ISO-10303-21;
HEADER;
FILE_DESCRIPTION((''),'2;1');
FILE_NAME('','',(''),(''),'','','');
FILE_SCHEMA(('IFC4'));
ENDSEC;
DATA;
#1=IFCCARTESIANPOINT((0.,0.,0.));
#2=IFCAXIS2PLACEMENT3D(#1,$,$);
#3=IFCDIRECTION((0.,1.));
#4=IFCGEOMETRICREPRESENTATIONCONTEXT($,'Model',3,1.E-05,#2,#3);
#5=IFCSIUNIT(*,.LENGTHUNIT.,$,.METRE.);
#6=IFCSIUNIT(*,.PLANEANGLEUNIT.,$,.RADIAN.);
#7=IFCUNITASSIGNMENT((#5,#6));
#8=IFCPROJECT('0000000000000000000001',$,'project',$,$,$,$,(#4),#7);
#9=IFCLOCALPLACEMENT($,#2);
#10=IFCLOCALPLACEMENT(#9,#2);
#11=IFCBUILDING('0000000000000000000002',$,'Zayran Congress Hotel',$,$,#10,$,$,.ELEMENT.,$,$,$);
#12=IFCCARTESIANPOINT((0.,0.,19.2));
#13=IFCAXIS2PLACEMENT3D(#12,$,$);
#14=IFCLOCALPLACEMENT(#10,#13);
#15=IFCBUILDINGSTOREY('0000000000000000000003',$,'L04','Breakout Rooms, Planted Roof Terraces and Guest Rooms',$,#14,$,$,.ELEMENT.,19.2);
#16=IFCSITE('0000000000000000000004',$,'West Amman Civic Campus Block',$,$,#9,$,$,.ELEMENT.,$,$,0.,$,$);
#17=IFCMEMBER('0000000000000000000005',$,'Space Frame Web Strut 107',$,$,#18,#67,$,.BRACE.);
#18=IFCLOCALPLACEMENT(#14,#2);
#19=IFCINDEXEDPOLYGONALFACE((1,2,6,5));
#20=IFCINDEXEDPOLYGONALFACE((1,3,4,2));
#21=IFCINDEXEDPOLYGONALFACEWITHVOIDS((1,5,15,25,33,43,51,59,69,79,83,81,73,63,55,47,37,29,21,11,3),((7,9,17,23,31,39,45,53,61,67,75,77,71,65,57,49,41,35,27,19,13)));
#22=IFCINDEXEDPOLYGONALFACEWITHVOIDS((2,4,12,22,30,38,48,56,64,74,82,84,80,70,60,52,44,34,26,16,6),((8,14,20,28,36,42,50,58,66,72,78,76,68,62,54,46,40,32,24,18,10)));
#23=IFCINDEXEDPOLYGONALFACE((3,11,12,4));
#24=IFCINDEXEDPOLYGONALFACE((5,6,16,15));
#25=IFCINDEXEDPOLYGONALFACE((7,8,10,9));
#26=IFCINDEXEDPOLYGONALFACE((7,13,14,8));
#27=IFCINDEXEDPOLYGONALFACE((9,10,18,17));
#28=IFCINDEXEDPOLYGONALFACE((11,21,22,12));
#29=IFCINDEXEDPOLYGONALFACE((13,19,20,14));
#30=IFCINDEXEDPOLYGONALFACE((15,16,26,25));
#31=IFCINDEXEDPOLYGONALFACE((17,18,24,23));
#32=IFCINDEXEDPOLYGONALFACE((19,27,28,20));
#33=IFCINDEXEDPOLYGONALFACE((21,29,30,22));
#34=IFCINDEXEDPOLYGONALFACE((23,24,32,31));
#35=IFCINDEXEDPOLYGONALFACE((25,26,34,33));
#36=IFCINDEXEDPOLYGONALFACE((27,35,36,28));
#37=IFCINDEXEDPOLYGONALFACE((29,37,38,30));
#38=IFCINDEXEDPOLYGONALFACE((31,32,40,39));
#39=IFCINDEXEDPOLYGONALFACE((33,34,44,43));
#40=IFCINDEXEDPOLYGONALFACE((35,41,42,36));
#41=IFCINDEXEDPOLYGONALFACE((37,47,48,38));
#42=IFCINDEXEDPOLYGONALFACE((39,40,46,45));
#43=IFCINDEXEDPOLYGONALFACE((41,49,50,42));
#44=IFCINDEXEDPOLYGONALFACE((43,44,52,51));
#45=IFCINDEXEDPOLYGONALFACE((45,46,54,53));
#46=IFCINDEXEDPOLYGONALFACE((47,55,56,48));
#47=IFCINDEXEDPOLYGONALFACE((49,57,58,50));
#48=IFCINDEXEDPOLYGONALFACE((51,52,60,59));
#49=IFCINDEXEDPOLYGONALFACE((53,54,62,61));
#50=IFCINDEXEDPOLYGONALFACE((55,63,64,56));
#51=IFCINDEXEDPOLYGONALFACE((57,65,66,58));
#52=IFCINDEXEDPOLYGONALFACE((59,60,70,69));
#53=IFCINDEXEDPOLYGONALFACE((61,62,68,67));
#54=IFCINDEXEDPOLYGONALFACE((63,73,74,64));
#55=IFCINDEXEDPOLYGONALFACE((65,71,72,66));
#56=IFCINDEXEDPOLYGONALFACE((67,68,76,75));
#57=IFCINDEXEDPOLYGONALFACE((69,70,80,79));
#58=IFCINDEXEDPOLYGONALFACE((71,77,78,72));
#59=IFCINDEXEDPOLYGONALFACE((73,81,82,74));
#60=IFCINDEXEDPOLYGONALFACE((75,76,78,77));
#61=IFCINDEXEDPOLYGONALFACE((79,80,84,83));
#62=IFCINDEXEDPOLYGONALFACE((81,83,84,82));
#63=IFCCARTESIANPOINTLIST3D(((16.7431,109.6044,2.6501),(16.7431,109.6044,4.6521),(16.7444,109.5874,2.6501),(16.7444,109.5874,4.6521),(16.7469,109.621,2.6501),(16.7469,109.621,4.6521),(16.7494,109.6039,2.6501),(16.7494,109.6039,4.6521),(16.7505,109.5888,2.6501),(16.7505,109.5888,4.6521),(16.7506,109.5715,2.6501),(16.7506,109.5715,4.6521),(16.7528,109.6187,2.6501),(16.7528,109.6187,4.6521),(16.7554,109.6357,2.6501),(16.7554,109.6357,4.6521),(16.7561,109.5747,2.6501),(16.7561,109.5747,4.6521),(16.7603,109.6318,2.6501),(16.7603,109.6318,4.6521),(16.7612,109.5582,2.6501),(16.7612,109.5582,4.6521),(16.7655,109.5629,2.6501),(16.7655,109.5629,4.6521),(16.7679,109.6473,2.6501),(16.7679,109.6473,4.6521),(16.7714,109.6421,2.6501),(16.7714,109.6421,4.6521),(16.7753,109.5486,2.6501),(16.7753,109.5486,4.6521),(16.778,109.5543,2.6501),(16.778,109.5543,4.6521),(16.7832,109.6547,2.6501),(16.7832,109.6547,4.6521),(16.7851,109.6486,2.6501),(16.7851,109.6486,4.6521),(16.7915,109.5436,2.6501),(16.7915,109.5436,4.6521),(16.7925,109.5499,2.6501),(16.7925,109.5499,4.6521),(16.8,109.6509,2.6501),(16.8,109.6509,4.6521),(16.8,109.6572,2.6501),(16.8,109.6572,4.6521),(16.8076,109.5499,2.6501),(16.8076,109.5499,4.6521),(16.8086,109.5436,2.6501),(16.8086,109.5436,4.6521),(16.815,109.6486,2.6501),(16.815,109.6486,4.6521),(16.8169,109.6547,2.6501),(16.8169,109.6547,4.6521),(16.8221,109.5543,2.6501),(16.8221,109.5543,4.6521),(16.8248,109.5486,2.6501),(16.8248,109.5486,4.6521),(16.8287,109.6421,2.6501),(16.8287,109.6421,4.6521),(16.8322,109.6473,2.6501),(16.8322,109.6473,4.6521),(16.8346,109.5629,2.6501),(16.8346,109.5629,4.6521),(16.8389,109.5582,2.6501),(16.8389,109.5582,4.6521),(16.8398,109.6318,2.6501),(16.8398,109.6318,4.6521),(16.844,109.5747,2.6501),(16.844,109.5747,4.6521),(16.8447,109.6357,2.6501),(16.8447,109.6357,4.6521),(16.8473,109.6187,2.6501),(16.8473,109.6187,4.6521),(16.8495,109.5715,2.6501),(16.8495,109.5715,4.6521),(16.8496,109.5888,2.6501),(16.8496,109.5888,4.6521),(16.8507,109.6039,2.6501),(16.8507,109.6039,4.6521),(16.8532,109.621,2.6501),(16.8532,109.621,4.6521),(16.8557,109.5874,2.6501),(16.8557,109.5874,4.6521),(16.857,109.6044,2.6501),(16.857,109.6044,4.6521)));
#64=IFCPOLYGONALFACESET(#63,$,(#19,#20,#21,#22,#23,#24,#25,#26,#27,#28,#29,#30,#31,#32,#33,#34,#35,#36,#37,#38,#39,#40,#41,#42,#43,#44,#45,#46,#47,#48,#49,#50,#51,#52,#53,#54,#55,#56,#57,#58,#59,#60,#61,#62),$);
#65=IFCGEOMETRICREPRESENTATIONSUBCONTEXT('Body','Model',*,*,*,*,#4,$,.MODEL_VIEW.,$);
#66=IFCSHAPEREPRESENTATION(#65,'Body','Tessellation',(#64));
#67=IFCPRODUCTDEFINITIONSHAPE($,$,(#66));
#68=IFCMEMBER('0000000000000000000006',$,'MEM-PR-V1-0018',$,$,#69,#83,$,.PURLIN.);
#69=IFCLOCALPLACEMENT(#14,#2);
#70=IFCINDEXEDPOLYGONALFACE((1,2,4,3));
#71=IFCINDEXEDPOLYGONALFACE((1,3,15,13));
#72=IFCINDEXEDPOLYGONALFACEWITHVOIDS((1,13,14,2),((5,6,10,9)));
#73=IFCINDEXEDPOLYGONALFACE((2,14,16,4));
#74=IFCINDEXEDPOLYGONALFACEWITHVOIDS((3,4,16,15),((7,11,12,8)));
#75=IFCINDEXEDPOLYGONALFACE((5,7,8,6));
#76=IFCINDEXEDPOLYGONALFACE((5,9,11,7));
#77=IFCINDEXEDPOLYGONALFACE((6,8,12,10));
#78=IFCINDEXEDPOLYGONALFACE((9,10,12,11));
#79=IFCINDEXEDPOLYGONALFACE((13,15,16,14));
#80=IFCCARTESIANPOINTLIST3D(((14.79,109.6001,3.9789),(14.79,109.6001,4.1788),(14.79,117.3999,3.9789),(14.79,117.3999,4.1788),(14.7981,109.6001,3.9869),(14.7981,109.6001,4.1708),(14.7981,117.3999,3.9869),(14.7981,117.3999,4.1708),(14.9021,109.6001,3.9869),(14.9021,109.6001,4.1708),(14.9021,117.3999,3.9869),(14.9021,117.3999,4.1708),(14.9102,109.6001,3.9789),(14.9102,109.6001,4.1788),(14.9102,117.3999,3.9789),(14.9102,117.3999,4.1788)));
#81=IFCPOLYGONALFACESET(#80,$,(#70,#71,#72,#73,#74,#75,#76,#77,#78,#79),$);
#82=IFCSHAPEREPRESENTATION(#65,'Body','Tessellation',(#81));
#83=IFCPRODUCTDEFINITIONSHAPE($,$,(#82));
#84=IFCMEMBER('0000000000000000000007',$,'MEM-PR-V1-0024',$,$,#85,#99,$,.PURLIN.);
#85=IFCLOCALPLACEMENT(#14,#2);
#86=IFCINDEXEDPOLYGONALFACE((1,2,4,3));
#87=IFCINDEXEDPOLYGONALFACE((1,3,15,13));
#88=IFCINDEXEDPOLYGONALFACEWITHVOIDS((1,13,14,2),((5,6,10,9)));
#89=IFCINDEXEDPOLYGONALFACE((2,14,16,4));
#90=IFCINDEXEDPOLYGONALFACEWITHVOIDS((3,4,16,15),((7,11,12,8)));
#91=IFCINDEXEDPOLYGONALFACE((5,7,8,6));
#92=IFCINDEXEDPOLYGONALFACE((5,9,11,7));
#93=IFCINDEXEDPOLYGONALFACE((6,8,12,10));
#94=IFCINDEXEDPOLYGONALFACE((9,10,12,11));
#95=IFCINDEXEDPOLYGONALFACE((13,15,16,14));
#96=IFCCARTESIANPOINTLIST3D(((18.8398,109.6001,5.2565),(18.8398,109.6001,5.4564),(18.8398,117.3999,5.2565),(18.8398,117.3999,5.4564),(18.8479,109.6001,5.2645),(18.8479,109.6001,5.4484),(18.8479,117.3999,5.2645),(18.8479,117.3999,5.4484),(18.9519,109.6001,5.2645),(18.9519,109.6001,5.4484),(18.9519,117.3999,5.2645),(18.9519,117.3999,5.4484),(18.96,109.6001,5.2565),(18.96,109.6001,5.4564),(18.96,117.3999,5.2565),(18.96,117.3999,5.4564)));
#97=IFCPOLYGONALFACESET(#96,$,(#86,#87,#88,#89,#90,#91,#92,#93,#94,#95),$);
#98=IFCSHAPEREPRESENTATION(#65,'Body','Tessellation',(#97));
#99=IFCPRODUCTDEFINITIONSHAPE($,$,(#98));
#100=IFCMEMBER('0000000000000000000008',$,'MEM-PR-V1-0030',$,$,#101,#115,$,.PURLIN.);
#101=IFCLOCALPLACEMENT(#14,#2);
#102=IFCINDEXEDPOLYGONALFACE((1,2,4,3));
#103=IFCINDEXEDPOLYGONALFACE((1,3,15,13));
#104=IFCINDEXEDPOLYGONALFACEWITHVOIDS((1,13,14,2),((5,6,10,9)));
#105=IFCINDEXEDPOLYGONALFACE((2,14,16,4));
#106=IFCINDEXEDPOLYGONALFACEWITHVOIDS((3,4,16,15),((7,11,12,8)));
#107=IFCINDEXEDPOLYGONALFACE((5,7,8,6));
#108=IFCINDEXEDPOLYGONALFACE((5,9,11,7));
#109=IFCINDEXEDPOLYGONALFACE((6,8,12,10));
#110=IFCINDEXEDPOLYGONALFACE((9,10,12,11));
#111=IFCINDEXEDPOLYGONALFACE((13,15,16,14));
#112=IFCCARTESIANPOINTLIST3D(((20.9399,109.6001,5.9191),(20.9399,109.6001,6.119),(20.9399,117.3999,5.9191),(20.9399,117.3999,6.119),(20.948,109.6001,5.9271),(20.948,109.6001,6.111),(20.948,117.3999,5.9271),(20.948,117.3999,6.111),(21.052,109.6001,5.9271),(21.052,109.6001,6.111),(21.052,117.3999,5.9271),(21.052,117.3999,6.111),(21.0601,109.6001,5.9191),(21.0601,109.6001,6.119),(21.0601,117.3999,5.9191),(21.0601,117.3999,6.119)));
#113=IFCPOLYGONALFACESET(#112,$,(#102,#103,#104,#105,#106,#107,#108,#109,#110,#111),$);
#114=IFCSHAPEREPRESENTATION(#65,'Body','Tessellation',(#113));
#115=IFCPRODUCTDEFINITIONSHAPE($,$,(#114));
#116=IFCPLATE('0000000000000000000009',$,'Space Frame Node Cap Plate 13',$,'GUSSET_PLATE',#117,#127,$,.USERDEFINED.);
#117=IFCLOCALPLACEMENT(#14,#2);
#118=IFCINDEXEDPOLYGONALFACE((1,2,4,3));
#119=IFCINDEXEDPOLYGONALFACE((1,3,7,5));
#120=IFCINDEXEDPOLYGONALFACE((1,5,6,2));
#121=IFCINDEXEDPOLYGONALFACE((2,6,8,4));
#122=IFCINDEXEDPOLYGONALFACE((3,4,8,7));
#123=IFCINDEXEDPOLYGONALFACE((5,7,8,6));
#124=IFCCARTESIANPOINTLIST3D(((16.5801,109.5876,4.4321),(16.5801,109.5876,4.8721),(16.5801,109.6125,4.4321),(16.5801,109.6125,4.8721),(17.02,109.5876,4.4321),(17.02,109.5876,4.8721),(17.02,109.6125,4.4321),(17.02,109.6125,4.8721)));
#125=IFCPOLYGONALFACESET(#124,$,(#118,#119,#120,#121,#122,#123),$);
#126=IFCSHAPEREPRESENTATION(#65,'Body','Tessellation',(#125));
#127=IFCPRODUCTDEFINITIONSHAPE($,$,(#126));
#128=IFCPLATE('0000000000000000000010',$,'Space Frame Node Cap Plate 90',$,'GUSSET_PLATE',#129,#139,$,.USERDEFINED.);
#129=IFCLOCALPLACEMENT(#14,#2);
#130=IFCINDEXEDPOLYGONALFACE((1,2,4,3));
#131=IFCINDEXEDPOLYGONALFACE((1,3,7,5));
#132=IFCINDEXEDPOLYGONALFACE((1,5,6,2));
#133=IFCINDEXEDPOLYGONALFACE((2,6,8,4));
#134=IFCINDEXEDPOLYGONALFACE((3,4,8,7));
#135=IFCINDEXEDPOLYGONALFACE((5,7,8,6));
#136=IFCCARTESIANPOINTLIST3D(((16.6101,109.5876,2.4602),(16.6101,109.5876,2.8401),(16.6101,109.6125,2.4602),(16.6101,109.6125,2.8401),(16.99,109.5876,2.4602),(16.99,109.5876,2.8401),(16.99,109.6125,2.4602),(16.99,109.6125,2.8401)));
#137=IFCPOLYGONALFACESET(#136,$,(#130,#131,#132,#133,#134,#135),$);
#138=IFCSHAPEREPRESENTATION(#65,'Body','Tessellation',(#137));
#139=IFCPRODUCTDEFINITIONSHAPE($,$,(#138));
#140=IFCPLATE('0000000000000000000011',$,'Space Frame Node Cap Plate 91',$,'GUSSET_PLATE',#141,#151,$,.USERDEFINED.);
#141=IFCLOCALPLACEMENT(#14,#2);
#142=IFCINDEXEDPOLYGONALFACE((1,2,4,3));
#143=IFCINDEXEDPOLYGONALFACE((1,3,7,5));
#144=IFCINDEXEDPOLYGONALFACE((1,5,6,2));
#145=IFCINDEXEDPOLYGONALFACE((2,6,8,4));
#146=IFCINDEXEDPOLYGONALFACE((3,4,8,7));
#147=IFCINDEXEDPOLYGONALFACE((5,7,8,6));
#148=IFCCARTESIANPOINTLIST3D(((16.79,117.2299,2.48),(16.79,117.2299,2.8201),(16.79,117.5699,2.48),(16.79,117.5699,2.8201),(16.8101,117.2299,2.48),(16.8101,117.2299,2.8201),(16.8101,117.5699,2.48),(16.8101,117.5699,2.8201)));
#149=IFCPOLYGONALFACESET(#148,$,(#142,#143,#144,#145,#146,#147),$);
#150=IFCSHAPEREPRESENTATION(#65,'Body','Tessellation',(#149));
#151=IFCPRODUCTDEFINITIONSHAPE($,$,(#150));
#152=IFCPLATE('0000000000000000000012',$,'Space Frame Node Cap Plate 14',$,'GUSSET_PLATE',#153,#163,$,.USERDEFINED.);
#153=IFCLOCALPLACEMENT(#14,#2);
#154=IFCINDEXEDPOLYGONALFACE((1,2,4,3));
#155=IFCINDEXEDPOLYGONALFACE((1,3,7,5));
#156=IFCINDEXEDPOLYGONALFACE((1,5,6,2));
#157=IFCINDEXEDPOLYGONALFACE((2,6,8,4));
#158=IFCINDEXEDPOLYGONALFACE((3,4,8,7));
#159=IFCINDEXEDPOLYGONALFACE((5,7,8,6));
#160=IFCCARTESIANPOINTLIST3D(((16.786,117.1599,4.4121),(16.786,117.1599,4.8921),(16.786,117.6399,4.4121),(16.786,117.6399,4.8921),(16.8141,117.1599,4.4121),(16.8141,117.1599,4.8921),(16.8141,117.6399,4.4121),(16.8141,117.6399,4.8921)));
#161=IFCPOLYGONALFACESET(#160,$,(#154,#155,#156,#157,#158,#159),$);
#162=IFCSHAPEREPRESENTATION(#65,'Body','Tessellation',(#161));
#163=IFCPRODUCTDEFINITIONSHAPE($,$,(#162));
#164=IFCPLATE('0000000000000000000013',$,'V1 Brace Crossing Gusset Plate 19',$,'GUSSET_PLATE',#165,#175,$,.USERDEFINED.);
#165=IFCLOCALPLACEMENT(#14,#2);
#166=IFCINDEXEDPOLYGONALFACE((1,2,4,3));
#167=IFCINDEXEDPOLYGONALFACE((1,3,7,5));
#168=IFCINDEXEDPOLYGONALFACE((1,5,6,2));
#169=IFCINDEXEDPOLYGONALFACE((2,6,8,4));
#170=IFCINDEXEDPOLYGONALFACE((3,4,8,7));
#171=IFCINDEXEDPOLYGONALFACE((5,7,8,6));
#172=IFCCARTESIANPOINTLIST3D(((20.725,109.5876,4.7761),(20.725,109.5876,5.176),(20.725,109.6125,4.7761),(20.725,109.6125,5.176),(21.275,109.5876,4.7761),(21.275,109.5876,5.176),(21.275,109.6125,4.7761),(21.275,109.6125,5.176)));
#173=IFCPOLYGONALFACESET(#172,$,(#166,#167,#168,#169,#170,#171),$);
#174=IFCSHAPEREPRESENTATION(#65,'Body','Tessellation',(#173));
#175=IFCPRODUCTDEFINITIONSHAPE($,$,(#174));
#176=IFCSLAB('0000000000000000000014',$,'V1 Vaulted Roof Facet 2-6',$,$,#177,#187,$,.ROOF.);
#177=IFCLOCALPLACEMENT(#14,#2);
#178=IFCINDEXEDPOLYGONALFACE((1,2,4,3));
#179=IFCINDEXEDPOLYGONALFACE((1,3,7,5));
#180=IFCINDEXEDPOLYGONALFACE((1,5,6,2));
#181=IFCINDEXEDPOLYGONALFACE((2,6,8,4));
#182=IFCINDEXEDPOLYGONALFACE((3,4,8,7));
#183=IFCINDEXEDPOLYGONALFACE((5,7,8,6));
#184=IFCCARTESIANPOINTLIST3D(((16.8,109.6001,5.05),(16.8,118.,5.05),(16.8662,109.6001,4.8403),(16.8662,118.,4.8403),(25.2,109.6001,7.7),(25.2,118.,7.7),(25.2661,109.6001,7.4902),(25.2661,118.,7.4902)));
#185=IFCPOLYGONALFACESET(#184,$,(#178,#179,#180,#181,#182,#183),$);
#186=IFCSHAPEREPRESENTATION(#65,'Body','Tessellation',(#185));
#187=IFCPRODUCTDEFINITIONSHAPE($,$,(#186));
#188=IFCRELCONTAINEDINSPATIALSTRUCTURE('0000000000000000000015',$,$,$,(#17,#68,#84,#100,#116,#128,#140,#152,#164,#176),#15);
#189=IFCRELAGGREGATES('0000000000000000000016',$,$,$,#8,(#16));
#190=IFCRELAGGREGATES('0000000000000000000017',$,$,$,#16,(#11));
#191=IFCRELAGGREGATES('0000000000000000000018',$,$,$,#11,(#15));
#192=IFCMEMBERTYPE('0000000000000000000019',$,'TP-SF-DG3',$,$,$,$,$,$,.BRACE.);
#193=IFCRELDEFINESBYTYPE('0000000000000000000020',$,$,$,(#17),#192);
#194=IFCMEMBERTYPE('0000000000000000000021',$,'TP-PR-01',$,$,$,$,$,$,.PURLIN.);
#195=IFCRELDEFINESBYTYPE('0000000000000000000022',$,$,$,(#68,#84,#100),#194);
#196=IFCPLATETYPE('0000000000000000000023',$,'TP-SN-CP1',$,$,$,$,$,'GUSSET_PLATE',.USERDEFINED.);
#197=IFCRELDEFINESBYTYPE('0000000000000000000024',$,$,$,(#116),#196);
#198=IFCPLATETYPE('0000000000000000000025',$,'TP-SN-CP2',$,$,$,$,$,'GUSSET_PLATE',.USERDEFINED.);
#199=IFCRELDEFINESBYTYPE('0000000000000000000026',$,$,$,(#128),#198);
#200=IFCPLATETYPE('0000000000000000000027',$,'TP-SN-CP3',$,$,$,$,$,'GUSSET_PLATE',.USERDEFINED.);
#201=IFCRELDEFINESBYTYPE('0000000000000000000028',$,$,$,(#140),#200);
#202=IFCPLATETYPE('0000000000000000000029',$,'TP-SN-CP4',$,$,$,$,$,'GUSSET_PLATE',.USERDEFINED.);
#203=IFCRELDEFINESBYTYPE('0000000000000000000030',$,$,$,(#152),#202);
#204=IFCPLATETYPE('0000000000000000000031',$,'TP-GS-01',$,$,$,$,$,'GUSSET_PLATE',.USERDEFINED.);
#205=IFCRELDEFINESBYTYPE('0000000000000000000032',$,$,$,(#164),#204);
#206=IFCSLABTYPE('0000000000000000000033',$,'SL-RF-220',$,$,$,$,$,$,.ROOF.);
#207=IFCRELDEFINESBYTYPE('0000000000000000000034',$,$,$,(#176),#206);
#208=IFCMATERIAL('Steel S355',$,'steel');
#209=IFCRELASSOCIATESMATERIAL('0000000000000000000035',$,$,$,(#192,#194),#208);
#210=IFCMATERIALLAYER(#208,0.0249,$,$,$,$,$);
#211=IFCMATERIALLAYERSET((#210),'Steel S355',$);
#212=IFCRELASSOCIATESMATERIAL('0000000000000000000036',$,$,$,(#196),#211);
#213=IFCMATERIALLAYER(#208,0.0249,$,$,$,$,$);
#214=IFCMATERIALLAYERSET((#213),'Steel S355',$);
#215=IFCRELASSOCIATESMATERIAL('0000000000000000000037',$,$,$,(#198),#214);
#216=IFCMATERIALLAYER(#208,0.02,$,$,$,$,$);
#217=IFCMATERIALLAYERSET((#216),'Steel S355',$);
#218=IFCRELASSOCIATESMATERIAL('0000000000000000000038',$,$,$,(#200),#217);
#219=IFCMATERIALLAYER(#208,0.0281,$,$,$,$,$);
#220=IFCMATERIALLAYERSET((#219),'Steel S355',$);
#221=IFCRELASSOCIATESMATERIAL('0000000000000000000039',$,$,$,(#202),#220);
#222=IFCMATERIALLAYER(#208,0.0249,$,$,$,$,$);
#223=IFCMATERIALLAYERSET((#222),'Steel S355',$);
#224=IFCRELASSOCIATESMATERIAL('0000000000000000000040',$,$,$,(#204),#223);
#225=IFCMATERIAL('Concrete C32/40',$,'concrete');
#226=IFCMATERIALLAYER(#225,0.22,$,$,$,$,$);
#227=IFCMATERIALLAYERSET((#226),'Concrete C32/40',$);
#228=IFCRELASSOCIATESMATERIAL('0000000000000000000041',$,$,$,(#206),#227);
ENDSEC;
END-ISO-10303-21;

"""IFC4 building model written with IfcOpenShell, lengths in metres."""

from ifc_helpers import new_model, si_unit, direction, frame, origin, origin_2d, place, context, subcontext, project, spatial, polyline, rectangle, hollow_rectangle, hollow_circle, outline, extrude, material, layer, layer_set, material_profile, profile_set, type_object, element, save


model = new_model("IFC4")

# Units and contexts
model_context = context("Model", 3, precision=1e-05, world=origin(), true_north=direction((0.0, 1.0)))
body_context = subcontext(model_context, "Body", "Model", "MODEL_VIEW")
ifc_project = project(units=[si_unit("LENGTHUNIT", "METRE"), si_unit("PLANEANGLEUNIT", "RADIAN")], contexts=[model_context])

# Site, building, storey
site_placement = place(None, origin())
site = spatial("IfcSite", under=ifc_project, at=site_placement, Name="West Amman Civic Campus Block", CompositionType="ELEMENT", RefElevation=0.0)
building_placement = place(site_placement, origin())
building = spatial("IfcBuilding", under=site, at=building_placement, Name="Zayran Congress Hotel", CompositionType="ELEMENT")
storey_placement = place(building_placement, frame((0.0, 0.0, 19.2)))
storey = spatial("IfcBuildingStorey", under=building, at=storey_placement, Name="L04", Description="Breakout Rooms, Planted Roof Terraces and Guest Rooms", CompositionType="ELEMENT", Elevation=19.2)

# Shared definitions
ifc_material_1 = material(Name="Steel S355", Category="steel")

# Members
ifc_material_profile_1 = material_profile(ifc_material_1, hollow_circle(Radius=0.0571, WallThickness=0.0063, at=origin_2d()), Name="CHS 114.3x6.3")
ifc_profile_set_1 = profile_set([ifc_material_profile_1], Name="Steel S355")
member_type_1 = type_object("IfcMemberType", Name="TP-SF-DG3", PredefinedType="BRACE", material=ifc_profile_set_1)
member_1_placement = place(storey_placement, frame((16.8, 109.6001, 2.6501), z_axis=(0.0, 0.0, 1.0), x_axis=(0.0, 1.0, 0.0)))
element("IfcMember", 1, at=member_1_placement, inside=storey, type_object=member_type_1, Name="Space Frame Web Strut 107", PredefinedType="BRACE", context=body_context, shape_type="SweptSolid", body=[
    extrude(hollow_circle(Radius=0.0571, WallThickness=0.0063, at=origin_2d()), origin(), (0.0, 0.0, 1.0), 2.002),
])
ifc_material_profile_2 = material_profile(ifc_material_1, hollow_rectangle(XDim=0.1201, YDim=0.2, WallThickness=0.0081, at=origin_2d()), Name="RHS 200x120x8")
ifc_profile_set_2 = profile_set([ifc_material_profile_2], Name="Steel S355")
member_type_2 = type_object("IfcMemberType", Name="TP-PR-01", PredefinedType="PURLIN", material=ifc_profile_set_2)
for number, where, z_axis, x_axis, name in (
    (2, (14.8501, 109.6001, 4.0789), (0.0, 1.0, 0.0), (-1.0, 0.0, 0.0), "MEM-PR-V1-0018"),
    (3, (18.8999, 109.6001, 5.3564), (0.0, 1.0, 0.0), (-1.0, 0.0, 0.0), "MEM-PR-V1-0024"),
    (4, (21.0, 109.6001, 6.019), (0.0, 1.0, 0.0), (-1.0, 0.0, 0.0), "MEM-PR-V1-0030"),
):
    element("IfcMember", number, at=place(storey_placement, frame(where, z_axis=z_axis, x_axis=x_axis)), inside=storey, type_object=member_type_2, Name=name, PredefinedType="PURLIN", context=body_context, shape_type="SweptSolid", body=[
        extrude(hollow_rectangle(XDim=0.1201, YDim=0.2, WallThickness=0.0081, at=origin_2d()), origin(), (0.0, 0.0, 1.0), 7.7998),
    ])

# Plates
ifc_layer_1 = layer(ifc_material_1, 0.0249)
ifc_layer_set_1 = layer_set([ifc_layer_1], Name="Steel S355")
plate_type_1 = type_object("IfcPlateType", Name="TP-SN-CP1", ElementType="GUSSET_PLATE", PredefinedType="USERDEFINED", material=ifc_layer_set_1)
plate_1_placement = place(storey_placement, frame((16.8, 109.6001, 4.4321), z_axis=(0.0, 0.0, 1.0), x_axis=(1.0, 0.0, 0.0)))
element("IfcPlate", 5, at=plate_1_placement, inside=storey, type_object=plate_type_1, Name="Space Frame Node Cap Plate 13", ObjectType="GUSSET_PLATE", PredefinedType="USERDEFINED", context=body_context, shape_type="SweptSolid", body=[
    extrude(rectangle(XDim=0.4399, YDim=0.0249, at=origin_2d()), origin(), (0.0, 0.0, 1.0), 0.4399),
])
ifc_layer_2 = layer(ifc_material_1, 0.0249)
ifc_layer_set_2 = layer_set([ifc_layer_2], Name="Steel S355")
plate_type_2 = type_object("IfcPlateType", Name="TP-SN-CP2", ElementType="GUSSET_PLATE", PredefinedType="USERDEFINED", material=ifc_layer_set_2)
plate_2_placement = place(storey_placement, frame((16.8, 109.6001, 2.4602), z_axis=(0.0, 0.0, 1.0), x_axis=(1.0, 0.0, 0.0)))
element("IfcPlate", 6, at=plate_2_placement, inside=storey, type_object=plate_type_2, Name="Space Frame Node Cap Plate 90", ObjectType="GUSSET_PLATE", PredefinedType="USERDEFINED", context=body_context, shape_type="SweptSolid", body=[
    extrude(rectangle(XDim=0.3799, YDim=0.0249, at=origin_2d()), origin(), (0.0, 0.0, 1.0), 0.3799),
])
ifc_layer_3 = layer(ifc_material_1, 0.02)
ifc_layer_set_3 = layer_set([ifc_layer_3], Name="Steel S355")
plate_type_3 = type_object("IfcPlateType", Name="TP-SN-CP3", ElementType="GUSSET_PLATE", PredefinedType="USERDEFINED", material=ifc_layer_set_3)
plate_3_placement = place(storey_placement, frame((16.8, 117.3999, 2.48), z_axis=(0.0, 0.0, 1.0), x_axis=(0.0, 1.0, 0.0)))
element("IfcPlate", 7, at=plate_3_placement, inside=storey, type_object=plate_type_3, Name="Space Frame Node Cap Plate 91", ObjectType="GUSSET_PLATE", PredefinedType="USERDEFINED", context=body_context, shape_type="SweptSolid", body=[
    extrude(rectangle(XDim=0.3401, YDim=0.02, at=origin_2d()), origin(), (0.0, 0.0, 1.0), 0.3401),
])
ifc_layer_4 = layer(ifc_material_1, 0.0281)
ifc_layer_set_4 = layer_set([ifc_layer_4], Name="Steel S355")
plate_type_4 = type_object("IfcPlateType", Name="TP-SN-CP4", ElementType="GUSSET_PLATE", PredefinedType="USERDEFINED", material=ifc_layer_set_4)
plate_4_placement = place(storey_placement, frame((16.8, 117.3999, 4.4121), z_axis=(0.0, 0.0, 1.0), x_axis=(0.0, 1.0, 0.0)))
element("IfcPlate", 8, at=plate_4_placement, inside=storey, type_object=plate_type_4, Name="Space Frame Node Cap Plate 14", ObjectType="GUSSET_PLATE", PredefinedType="USERDEFINED", context=body_context, shape_type="SweptSolid", body=[
    extrude(rectangle(XDim=0.48, YDim=0.0281, at=origin_2d()), origin(), (0.0, 0.0, 1.0), 0.48),
])
ifc_layer_5 = layer(ifc_material_1, 0.0249)
ifc_layer_set_5 = layer_set([ifc_layer_5], Name="Steel S355")
plate_type_5 = type_object("IfcPlateType", Name="TP-GS-01", ElementType="GUSSET_PLATE", PredefinedType="USERDEFINED", material=ifc_layer_set_5)
plate_5_placement = place(storey_placement, frame((21.0, 109.6001, 4.7761), z_axis=(0.0, 0.0, 1.0), x_axis=(1.0, 0.0, 0.0)))
element("IfcPlate", 9, at=plate_5_placement, inside=storey, type_object=plate_type_5, Name="V1 Brace Crossing Gusset Plate 19", ObjectType="GUSSET_PLATE", PredefinedType="USERDEFINED", context=body_context, shape_type="SweptSolid", body=[
    extrude(rectangle(XDim=0.55, YDim=0.0249, at=origin_2d()), origin(), (0.0, 0.0, 1.0), 0.3999),
])

# Slab
ifc_material_2 = material(Name="Concrete C32/40", Category="concrete")
ifc_layer_6 = layer(ifc_material_2, 0.22)
ifc_layer_set_6 = layer_set([ifc_layer_6], Name="Concrete C32/40")
slab_type = type_object("IfcSlabType", Name="SL-RF-220", PredefinedType="ROOF", material=ifc_layer_set_6)
slab_placement = place(storey_placement, frame((16.8, 109.6001, 5.05), z_axis=(-0.300853, 0.0, 0.953671), x_axis=(0.953671, 0.0, 0.300853)))
element("IfcSlab", 10, at=slab_placement, inside=storey, type_object=slab_type, Name="V1 Vaulted Roof Facet 2-6", PredefinedType="ROOF", context=body_context, shape_type="SweptSolid", body=[
    extrude(outline(polyline([(0.0, 0.0), (8.808, 0.0), (8.808, 8.3999), (0.0, 8.3999), (0.0, 0.0)])), origin(), (0.0, 0.0, -1.0), 0.22),
])

save(model, "model.ifc")
